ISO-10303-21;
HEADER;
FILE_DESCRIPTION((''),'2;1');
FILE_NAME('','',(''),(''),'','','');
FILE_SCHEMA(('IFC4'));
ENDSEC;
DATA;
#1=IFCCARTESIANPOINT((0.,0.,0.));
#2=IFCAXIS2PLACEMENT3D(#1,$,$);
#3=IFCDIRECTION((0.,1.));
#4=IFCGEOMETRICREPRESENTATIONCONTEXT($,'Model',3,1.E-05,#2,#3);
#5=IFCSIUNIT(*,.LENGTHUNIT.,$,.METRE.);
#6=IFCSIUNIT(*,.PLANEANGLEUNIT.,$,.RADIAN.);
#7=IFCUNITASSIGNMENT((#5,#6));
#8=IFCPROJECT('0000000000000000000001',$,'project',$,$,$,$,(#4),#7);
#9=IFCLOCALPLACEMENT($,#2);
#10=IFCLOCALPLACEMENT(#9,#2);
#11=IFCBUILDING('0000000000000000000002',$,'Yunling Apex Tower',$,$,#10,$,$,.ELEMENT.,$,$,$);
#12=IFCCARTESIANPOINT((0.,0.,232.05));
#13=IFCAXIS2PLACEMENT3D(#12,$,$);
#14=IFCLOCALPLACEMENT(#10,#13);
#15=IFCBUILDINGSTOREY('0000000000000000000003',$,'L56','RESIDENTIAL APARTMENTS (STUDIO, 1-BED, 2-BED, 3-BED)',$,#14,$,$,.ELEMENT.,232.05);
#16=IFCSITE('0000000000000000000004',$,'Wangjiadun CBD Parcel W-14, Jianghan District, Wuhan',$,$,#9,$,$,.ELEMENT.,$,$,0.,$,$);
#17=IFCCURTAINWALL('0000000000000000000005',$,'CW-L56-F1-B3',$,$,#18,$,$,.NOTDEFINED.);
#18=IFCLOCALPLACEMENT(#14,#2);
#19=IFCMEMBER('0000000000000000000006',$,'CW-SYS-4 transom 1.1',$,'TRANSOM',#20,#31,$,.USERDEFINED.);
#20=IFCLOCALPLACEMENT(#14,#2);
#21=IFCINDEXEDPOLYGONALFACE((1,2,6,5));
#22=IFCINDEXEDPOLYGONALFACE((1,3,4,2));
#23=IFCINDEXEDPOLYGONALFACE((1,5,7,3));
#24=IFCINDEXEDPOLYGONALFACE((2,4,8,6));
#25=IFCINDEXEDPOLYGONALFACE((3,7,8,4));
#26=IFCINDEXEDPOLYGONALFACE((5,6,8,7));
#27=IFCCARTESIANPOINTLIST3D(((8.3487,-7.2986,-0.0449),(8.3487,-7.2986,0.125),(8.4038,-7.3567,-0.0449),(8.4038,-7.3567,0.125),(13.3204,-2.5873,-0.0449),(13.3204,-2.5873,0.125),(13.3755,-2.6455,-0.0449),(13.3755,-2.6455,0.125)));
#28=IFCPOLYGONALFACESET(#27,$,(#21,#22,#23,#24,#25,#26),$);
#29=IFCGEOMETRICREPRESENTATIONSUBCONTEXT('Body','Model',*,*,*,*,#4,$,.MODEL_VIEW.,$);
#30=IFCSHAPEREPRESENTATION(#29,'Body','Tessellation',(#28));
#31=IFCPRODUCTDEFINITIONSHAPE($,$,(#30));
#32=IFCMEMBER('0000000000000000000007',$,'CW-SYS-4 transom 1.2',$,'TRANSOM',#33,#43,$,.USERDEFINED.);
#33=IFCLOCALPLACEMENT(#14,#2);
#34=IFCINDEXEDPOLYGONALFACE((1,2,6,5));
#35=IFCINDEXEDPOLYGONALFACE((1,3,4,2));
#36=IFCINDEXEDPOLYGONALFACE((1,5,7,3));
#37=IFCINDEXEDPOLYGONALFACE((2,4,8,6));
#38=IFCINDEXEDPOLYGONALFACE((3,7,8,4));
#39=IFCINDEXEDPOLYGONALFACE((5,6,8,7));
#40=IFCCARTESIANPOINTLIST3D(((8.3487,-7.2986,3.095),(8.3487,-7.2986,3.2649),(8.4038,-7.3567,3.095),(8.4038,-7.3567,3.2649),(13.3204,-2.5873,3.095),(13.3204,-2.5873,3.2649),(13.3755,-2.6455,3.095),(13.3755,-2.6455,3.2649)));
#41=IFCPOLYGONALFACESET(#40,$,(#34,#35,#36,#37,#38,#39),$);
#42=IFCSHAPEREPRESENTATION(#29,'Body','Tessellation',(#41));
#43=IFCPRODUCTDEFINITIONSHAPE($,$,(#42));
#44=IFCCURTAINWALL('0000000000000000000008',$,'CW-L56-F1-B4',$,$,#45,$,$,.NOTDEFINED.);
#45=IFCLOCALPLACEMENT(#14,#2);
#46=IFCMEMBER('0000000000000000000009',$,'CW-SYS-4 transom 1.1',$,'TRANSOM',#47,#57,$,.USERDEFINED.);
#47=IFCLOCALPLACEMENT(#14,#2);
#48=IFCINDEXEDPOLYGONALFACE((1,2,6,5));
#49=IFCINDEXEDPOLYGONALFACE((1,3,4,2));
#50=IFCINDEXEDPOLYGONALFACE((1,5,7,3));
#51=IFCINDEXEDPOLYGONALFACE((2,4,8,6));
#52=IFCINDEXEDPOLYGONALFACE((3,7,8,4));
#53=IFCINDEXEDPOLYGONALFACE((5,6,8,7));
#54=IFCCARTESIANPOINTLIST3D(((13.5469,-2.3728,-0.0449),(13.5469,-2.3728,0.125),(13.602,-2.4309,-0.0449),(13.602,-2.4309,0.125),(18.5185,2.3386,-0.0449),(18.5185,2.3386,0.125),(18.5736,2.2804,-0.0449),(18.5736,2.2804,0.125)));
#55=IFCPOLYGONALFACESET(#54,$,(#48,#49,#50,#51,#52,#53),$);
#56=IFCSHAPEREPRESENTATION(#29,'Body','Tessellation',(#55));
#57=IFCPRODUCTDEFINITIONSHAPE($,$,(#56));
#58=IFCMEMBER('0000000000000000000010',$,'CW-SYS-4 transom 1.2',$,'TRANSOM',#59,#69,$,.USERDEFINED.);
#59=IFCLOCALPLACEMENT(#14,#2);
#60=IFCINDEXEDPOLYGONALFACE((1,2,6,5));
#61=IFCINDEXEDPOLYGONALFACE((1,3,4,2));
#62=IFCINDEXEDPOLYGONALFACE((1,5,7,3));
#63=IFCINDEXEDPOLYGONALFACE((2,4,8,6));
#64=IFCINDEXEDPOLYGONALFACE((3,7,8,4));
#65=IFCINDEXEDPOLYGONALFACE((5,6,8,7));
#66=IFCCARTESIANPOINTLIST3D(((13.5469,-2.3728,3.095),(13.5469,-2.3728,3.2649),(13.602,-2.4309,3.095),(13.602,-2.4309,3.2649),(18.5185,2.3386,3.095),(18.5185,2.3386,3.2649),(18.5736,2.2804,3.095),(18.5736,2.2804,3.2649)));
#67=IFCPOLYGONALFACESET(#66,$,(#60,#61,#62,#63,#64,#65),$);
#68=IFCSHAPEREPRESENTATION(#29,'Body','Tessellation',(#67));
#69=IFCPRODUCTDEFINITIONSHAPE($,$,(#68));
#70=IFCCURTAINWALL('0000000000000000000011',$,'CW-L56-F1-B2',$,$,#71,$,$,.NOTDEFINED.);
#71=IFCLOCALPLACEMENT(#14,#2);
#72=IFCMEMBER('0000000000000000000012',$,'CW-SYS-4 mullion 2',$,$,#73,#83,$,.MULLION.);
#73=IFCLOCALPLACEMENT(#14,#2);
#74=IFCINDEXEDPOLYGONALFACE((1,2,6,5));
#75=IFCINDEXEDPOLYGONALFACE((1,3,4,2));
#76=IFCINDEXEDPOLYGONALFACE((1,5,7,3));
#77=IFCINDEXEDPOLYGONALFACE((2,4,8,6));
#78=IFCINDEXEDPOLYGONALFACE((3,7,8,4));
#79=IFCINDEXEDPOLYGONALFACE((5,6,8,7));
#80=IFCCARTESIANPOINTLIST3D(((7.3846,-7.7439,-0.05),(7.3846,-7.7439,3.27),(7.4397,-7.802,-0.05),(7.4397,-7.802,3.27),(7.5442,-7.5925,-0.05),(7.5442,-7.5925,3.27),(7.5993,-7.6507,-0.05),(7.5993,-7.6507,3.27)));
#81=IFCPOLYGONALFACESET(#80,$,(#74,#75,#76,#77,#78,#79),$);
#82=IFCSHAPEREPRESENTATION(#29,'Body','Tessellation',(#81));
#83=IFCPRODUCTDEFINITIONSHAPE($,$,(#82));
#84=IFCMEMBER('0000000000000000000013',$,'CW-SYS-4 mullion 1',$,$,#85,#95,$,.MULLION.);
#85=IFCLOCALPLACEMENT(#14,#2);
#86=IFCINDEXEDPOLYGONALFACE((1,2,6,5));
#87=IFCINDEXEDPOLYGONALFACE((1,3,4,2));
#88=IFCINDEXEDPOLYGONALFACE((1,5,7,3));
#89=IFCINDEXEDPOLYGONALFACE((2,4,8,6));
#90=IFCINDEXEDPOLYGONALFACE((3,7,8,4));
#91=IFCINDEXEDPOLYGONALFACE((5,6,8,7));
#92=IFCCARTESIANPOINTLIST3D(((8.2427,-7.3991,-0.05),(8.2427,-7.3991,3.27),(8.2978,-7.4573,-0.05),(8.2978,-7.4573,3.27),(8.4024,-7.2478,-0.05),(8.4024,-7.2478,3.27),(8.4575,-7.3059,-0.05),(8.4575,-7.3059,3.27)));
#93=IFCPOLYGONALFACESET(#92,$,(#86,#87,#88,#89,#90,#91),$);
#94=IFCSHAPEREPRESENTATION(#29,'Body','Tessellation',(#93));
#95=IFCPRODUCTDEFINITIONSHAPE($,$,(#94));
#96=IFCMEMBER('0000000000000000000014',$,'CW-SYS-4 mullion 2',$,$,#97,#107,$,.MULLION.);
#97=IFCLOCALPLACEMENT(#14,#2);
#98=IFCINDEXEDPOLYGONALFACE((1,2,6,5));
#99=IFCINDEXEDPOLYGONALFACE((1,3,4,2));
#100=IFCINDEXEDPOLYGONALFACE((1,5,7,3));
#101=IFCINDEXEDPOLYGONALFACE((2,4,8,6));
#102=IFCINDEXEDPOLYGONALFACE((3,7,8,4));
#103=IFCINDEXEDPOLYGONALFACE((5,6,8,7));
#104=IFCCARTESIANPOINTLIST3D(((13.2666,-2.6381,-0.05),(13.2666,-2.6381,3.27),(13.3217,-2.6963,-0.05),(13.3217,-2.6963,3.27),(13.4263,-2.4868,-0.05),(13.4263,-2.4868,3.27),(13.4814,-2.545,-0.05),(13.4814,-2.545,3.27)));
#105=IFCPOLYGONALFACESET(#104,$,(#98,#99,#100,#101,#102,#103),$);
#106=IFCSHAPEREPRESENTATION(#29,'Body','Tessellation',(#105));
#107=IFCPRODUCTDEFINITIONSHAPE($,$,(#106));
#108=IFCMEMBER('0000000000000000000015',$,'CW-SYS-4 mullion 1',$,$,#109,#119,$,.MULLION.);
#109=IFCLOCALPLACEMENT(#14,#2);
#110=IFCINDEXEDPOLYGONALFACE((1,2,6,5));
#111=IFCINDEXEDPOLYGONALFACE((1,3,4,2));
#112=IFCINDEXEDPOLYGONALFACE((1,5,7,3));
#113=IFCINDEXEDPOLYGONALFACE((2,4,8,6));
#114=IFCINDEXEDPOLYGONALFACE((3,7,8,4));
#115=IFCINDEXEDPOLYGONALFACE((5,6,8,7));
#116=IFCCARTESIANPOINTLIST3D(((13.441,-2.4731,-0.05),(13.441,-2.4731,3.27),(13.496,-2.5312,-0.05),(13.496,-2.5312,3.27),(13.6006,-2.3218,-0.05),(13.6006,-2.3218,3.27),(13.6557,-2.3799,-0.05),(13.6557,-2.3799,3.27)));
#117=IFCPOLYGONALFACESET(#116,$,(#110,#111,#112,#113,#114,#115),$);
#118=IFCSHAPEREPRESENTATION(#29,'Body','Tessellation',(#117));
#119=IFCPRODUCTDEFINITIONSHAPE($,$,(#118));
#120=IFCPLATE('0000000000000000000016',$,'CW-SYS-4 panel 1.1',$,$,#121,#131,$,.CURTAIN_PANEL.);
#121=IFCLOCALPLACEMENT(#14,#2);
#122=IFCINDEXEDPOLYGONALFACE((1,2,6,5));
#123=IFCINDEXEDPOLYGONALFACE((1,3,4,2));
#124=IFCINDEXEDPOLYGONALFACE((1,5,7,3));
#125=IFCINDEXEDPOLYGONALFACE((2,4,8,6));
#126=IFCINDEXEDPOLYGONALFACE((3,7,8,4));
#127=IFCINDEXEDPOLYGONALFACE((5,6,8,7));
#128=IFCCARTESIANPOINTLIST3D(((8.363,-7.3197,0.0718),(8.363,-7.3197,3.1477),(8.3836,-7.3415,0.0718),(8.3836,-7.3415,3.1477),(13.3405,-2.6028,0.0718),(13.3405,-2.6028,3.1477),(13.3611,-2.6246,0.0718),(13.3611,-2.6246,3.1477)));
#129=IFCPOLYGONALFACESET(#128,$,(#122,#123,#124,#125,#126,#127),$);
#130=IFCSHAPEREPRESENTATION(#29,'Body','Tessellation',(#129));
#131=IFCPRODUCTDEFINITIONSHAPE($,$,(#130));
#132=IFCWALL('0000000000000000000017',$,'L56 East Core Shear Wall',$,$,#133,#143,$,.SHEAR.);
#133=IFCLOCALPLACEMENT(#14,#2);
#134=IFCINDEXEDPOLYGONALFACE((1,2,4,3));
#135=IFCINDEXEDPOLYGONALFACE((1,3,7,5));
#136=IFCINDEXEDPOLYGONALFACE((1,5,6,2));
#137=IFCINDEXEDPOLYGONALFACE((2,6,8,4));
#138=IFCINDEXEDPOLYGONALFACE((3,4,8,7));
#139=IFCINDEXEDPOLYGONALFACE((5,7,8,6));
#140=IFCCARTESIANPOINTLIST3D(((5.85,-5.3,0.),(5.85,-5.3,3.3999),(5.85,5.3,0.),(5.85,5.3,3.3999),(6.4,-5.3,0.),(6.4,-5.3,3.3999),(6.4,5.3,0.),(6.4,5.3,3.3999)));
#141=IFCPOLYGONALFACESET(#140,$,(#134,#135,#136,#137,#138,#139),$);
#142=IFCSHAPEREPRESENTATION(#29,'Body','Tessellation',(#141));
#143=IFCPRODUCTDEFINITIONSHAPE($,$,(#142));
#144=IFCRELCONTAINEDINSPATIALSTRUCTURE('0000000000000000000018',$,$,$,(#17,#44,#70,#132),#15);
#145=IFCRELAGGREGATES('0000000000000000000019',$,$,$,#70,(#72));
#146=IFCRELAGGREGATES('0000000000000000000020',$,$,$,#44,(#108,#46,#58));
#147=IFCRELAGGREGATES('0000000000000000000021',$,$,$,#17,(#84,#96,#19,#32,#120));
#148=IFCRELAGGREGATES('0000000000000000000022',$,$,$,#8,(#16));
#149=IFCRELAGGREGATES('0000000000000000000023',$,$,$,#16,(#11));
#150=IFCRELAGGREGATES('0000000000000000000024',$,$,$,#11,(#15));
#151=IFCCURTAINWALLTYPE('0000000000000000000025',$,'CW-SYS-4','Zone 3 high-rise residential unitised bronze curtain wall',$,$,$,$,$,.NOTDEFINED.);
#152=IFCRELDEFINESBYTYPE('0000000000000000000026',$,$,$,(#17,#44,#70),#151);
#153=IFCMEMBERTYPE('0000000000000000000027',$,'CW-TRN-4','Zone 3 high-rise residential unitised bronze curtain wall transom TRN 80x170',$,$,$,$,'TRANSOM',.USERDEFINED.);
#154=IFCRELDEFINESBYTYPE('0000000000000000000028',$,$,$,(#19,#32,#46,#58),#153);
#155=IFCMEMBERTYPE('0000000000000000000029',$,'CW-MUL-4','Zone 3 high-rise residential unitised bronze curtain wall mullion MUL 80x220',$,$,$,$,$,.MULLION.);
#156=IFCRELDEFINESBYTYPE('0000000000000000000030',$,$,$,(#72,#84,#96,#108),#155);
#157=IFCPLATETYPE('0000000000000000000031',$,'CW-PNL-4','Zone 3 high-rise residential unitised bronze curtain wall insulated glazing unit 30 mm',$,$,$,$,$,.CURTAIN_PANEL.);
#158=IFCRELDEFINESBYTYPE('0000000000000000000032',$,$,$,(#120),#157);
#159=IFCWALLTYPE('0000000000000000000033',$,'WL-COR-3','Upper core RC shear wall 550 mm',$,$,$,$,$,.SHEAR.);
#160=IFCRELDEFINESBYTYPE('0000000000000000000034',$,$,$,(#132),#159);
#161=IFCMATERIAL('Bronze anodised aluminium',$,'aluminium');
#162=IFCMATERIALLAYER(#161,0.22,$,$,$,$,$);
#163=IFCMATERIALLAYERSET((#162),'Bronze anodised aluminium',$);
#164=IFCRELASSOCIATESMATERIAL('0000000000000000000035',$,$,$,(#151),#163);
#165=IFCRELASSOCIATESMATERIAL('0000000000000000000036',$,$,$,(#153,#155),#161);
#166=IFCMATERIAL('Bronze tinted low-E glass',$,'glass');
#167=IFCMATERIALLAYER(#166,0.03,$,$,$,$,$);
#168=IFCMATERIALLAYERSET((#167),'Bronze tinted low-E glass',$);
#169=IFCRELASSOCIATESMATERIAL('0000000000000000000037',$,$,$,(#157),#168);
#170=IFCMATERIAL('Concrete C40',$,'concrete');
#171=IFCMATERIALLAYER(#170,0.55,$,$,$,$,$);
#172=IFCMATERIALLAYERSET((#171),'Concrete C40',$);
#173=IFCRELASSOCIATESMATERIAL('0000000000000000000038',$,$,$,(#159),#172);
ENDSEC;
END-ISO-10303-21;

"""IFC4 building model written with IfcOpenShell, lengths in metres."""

from ifc_helpers import new_model, si_unit, direction, frame, frame_2d, origin, origin_2d, place, context, subcontext, project, spatial, rectangle, extrude, source, transform, mapped, material, layer, layer_set, material_profile, profile_set, type_object, element, aggregate, save


model = new_model("IFC4")

# Units and contexts
model_context = context("Model", 3, precision=1e-05, world=origin(), true_north=direction((0.0, 1.0)))
body_context = subcontext(model_context, "Body", "Model", "MODEL_VIEW")
ifc_project = project(units=[si_unit("LENGTHUNIT", "METRE"), si_unit("PLANEANGLEUNIT", "RADIAN")], contexts=[model_context])

# Site, building, storey
site_placement = place(None, origin())
site = spatial("IfcSite", under=ifc_project, at=site_placement, Name="Wangjiadun CBD Parcel W-14, Jianghan District, Wuhan", CompositionType="ELEMENT", RefElevation=0.0)
building_placement = place(site_placement, origin())
building = spatial("IfcBuilding", under=site, at=building_placement, Name="Yunling Apex Tower", CompositionType="ELEMENT")
storey_placement = place(building_placement, frame((0.0, 0.0, 232.05)))
storey = spatial("IfcBuildingStorey", under=building, at=storey_placement, Name="L56", Description="RESIDENTIAL APARTMENTS (STUDIO, 1-BED, 2-BED, 3-BED)", CompositionType="ELEMENT", Elevation=232.05)

# Curtain walls, members
ifc_material_1 = material(Name="Bronze anodised aluminium", Category="aluminium")
ifc_layer_1 = layer(ifc_material_1, 0.22)
ifc_layer_set_1 = layer_set([ifc_layer_1], Name="Bronze anodised aluminium")
curtain_wall_type = type_object("IfcCurtainWallType", Name="CW-SYS-4", Description="Zone 3 high-rise residential unitised bronze curtain wall", PredefinedType="NOTDEFINED", material=ifc_layer_set_1)
curtain_wall_1_placement = place(storey_placement, origin())
curtain_wall_1 = element("IfcCurtainWall", 1, at=curtain_wall_1_placement, inside=storey, type_object=curtain_wall_type, Name="CW-L56-F1-B3", PredefinedType="NOTDEFINED")
ifc_material_profile_1 = material_profile(ifc_material_1, rectangle(XDim=0.0801, YDim=0.1699, at=origin_2d()))
ifc_profile_set_1 = profile_set([ifc_material_profile_1], Name="Bronze anodised aluminium")
member_type_1 = type_object("IfcMemberType", Name="CW-TRN-4", Description="Zone 3 high-rise residential unitised bronze curtain wall transom TRN 80x170", ElementType="TRANSOM", PredefinedType="USERDEFINED", material=ifc_profile_set_1)
shared_shape_1 = source(origin(), body_context, "Body", "SweptSolid", [
    extrude(rectangle(XDim=0.0801, YDim=0.1699, at=origin_2d()), origin(), (0.0, 0.0, 1.0), 6.8494),
])
member_1_placement = place(storey_placement, frame((8.3762, -7.3276, 0.04), z_axis=(0.725867, 0.687835, 0.0), x_axis=(-0.687835, 0.725867, 0.0)))
member_1 = element("IfcMember", 2, at=member_1_placement, type_object=member_type_1, Name="CW-SYS-4 transom 1.1", ObjectType="TRANSOM", PredefinedType="USERDEFINED", context=body_context, shape_type="MappedRepresentation", body=[
    mapped(shared_shape_1, transform((0.0, 0.0, 0.0), scale=1.0)),
])
member_2_placement = place(storey_placement, frame((8.3762, -7.3276, 3.1799), z_axis=(0.725867, 0.687835, 0.0), x_axis=(-0.687835, 0.725867, 0.0)))
member_2 = element("IfcMember", 3, at=member_2_placement, type_object=member_type_1, Name="CW-SYS-4 transom 1.2", ObjectType="TRANSOM", PredefinedType="USERDEFINED", context=body_context, shape_type="MappedRepresentation", body=[
    mapped(shared_shape_1, transform((0.0, 0.0, 0.0), scale=1.0)),
])
curtain_wall_2_placement = place(storey_placement, origin())
curtain_wall_2 = element("IfcCurtainWall", 4, at=curtain_wall_2_placement, inside=storey, type_object=curtain_wall_type, Name="CW-L56-F1-B4", PredefinedType="NOTDEFINED")
member_3_placement = place(storey_placement, frame((13.5745, -2.4019, 0.04), z_axis=(0.72585, 0.687853, 0.0), x_axis=(-0.687853, 0.72585, 0.0)))
member_3 = element("IfcMember", 5, at=member_3_placement, type_object=member_type_1, Name="CW-SYS-4 transom 1.1", ObjectType="TRANSOM", PredefinedType="USERDEFINED", context=body_context, shape_type="MappedRepresentation", body=[
    mapped(shared_shape_1, transform((0.0, 0.0, 0.0), scale=1.0)),
])
member_4_placement = place(storey_placement, frame((13.5745, -2.4019, 3.1799), z_axis=(0.72585, 0.687853, 0.0), x_axis=(-0.687853, 0.72585, 0.0)))
member_4 = element("IfcMember", 6, at=member_4_placement, type_object=member_type_1, Name="CW-SYS-4 transom 1.2", ObjectType="TRANSOM", PredefinedType="USERDEFINED", context=body_context, shape_type="MappedRepresentation", body=[
    mapped(shared_shape_1, transform((0.0, 0.0, 0.0), scale=1.0)),
])

# Curtain wall, member
curtain_wall_3_placement = place(storey_placement, origin())
curtain_wall_3 = element("IfcCurtainWall", 7, at=curtain_wall_3_placement, inside=storey, type_object=curtain_wall_type, Name="CW-L56-F1-B2", PredefinedType="NOTDEFINED")
ifc_material_profile_2 = material_profile(ifc_material_1, rectangle(XDim=0.0801, YDim=0.22, at=origin_2d()))
ifc_profile_set_2 = profile_set([ifc_material_profile_2], Name="Bronze anodised aluminium")
member_type_2 = type_object("IfcMemberType", Name="CW-MUL-4", Description="Zone 3 high-rise residential unitised bronze curtain wall mullion MUL 80x220", PredefinedType="MULLION", material=ifc_profile_set_2)
shared_shape_2 = source(origin(), body_context, "Body", "SweptSolid", [
    extrude(rectangle(XDim=0.0801, YDim=0.22, at=origin_2d()), origin(), (0.0, 0.0, 1.0), 3.3201),
])
member_5_placement = place(storey_placement, frame((7.4919, -7.6973, -0.05), z_axis=(0.0, 0.0, 1.0), x_axis=(-0.687854, 0.725849, 0.0)))
member_5 = element("IfcMember", 8, at=member_5_placement, type_object=member_type_2, Name="CW-SYS-4 mullion 2", PredefinedType="MULLION", context=body_context, shape_type="MappedRepresentation", body=[
    mapped(shared_shape_2, transform((0.0, 0.0, 0.0), scale=1.0)),
])
aggregate(curtain_wall_3, [member_5])

# Members
member_6_placement = place(storey_placement, frame((8.3501, -7.3525, -0.05), z_axis=(0.0, 0.0, 1.0), x_axis=(-0.687848, 0.725855, 0.0)))
member_6 = element("IfcMember", 9, at=member_6_placement, type_object=member_type_2, Name="CW-SYS-4 mullion 1", PredefinedType="MULLION", context=body_context, shape_type="MappedRepresentation", body=[
    mapped(shared_shape_2, transform((0.0, 0.0, 0.0), scale=1.0)),
])
member_7_placement = place(storey_placement, frame((13.374, -2.5916, -0.05), z_axis=(0.0, 0.0, 1.0), x_axis=(-0.687848, 0.725855, 0.0)))
member_7 = element("IfcMember", 10, at=member_7_placement, type_object=member_type_2, Name="CW-SYS-4 mullion 2", PredefinedType="MULLION", context=body_context, shape_type="MappedRepresentation", body=[
    mapped(shared_shape_2, transform((0.0, 0.0, 0.0), scale=1.0)),
])
member_8_placement = place(storey_placement, frame((13.5483, -2.4265, -0.05), z_axis=(0.0, 0.0, 1.0), x_axis=(-0.687848, 0.725855, 0.0)))
member_8 = element("IfcMember", 11, at=member_8_placement, type_object=member_type_2, Name="CW-SYS-4 mullion 1", PredefinedType="MULLION", context=body_context, shape_type="MappedRepresentation", body=[
    mapped(shared_shape_2, transform((0.0, 0.0, 0.0), scale=1.0)),
])
aggregate(curtain_wall_2, [member_8, member_3, member_4])

# Plate
ifc_material_2 = material(Name="Bronze tinted low-E glass", Category="glass")
ifc_layer_2 = layer(ifc_material_2, 0.03)
ifc_layer_set_2 = layer_set([ifc_layer_2], Name="Bronze tinted low-E glass")
plate_type = type_object("IfcPlateType", Name="CW-PNL-4", Description="Zone 3 high-rise residential unitised bronze curtain wall insulated glazing unit 30 mm", PredefinedType="CURTAIN_PANEL", material=ifc_layer_set_2)
shared_shape_3 = source(origin(), body_context, "Body", "SweptSolid", [
    extrude(rectangle(XDim=6.8574, YDim=0.03, at=origin_2d()), origin(), (0.0, 0.0, 1.0), 3.0759),
])
plate_placement = place(storey_placement, frame((10.8621, -4.9722, 0.0718), z_axis=(0.0, 0.0, 1.0), x_axis=(0.725855, 0.687848, 0.0)))
plate = element("IfcPlate", 12, at=plate_placement, type_object=plate_type, Name="CW-SYS-4 panel 1.1", PredefinedType="CURTAIN_PANEL", context=body_context, shape_type="MappedRepresentation", body=[
    mapped(shared_shape_3, transform((0.0, 0.0, 0.0), scale=1.0)),
])
aggregate(curtain_wall_1, [member_6, member_7, member_1, member_2, plate])

# Wall
ifc_material_3 = material(Name="Concrete C40", Category="concrete")
ifc_layer_3 = layer(ifc_material_3, 0.55)
ifc_layer_set_3 = layer_set([ifc_layer_3], Name="Concrete C40")
wall_type = type_object("IfcWallType", Name="WL-COR-3", Description="Upper core RC shear wall 550 mm", PredefinedType="SHEAR", material=ifc_layer_set_3)
wall_placement = place(storey_placement, frame((6.125, -5.3, 0.0), z_axis=(0.0, 0.0, 1.0), x_axis=(0.0, 1.0, 0.0)))
element("IfcWall", 13, at=wall_placement, inside=storey, type_object=wall_type, Name="L56 East Core Shear Wall", PredefinedType="SHEAR", context=body_context, shape_type="SweptSolid", body=[
    extrude(rectangle(XDim=10.6001, YDim=0.55, at=frame_2d((5.3, 0.0))), origin(), (0.0, 0.0, 1.0), 3.3999),
])

save(model, "model.ifc")
